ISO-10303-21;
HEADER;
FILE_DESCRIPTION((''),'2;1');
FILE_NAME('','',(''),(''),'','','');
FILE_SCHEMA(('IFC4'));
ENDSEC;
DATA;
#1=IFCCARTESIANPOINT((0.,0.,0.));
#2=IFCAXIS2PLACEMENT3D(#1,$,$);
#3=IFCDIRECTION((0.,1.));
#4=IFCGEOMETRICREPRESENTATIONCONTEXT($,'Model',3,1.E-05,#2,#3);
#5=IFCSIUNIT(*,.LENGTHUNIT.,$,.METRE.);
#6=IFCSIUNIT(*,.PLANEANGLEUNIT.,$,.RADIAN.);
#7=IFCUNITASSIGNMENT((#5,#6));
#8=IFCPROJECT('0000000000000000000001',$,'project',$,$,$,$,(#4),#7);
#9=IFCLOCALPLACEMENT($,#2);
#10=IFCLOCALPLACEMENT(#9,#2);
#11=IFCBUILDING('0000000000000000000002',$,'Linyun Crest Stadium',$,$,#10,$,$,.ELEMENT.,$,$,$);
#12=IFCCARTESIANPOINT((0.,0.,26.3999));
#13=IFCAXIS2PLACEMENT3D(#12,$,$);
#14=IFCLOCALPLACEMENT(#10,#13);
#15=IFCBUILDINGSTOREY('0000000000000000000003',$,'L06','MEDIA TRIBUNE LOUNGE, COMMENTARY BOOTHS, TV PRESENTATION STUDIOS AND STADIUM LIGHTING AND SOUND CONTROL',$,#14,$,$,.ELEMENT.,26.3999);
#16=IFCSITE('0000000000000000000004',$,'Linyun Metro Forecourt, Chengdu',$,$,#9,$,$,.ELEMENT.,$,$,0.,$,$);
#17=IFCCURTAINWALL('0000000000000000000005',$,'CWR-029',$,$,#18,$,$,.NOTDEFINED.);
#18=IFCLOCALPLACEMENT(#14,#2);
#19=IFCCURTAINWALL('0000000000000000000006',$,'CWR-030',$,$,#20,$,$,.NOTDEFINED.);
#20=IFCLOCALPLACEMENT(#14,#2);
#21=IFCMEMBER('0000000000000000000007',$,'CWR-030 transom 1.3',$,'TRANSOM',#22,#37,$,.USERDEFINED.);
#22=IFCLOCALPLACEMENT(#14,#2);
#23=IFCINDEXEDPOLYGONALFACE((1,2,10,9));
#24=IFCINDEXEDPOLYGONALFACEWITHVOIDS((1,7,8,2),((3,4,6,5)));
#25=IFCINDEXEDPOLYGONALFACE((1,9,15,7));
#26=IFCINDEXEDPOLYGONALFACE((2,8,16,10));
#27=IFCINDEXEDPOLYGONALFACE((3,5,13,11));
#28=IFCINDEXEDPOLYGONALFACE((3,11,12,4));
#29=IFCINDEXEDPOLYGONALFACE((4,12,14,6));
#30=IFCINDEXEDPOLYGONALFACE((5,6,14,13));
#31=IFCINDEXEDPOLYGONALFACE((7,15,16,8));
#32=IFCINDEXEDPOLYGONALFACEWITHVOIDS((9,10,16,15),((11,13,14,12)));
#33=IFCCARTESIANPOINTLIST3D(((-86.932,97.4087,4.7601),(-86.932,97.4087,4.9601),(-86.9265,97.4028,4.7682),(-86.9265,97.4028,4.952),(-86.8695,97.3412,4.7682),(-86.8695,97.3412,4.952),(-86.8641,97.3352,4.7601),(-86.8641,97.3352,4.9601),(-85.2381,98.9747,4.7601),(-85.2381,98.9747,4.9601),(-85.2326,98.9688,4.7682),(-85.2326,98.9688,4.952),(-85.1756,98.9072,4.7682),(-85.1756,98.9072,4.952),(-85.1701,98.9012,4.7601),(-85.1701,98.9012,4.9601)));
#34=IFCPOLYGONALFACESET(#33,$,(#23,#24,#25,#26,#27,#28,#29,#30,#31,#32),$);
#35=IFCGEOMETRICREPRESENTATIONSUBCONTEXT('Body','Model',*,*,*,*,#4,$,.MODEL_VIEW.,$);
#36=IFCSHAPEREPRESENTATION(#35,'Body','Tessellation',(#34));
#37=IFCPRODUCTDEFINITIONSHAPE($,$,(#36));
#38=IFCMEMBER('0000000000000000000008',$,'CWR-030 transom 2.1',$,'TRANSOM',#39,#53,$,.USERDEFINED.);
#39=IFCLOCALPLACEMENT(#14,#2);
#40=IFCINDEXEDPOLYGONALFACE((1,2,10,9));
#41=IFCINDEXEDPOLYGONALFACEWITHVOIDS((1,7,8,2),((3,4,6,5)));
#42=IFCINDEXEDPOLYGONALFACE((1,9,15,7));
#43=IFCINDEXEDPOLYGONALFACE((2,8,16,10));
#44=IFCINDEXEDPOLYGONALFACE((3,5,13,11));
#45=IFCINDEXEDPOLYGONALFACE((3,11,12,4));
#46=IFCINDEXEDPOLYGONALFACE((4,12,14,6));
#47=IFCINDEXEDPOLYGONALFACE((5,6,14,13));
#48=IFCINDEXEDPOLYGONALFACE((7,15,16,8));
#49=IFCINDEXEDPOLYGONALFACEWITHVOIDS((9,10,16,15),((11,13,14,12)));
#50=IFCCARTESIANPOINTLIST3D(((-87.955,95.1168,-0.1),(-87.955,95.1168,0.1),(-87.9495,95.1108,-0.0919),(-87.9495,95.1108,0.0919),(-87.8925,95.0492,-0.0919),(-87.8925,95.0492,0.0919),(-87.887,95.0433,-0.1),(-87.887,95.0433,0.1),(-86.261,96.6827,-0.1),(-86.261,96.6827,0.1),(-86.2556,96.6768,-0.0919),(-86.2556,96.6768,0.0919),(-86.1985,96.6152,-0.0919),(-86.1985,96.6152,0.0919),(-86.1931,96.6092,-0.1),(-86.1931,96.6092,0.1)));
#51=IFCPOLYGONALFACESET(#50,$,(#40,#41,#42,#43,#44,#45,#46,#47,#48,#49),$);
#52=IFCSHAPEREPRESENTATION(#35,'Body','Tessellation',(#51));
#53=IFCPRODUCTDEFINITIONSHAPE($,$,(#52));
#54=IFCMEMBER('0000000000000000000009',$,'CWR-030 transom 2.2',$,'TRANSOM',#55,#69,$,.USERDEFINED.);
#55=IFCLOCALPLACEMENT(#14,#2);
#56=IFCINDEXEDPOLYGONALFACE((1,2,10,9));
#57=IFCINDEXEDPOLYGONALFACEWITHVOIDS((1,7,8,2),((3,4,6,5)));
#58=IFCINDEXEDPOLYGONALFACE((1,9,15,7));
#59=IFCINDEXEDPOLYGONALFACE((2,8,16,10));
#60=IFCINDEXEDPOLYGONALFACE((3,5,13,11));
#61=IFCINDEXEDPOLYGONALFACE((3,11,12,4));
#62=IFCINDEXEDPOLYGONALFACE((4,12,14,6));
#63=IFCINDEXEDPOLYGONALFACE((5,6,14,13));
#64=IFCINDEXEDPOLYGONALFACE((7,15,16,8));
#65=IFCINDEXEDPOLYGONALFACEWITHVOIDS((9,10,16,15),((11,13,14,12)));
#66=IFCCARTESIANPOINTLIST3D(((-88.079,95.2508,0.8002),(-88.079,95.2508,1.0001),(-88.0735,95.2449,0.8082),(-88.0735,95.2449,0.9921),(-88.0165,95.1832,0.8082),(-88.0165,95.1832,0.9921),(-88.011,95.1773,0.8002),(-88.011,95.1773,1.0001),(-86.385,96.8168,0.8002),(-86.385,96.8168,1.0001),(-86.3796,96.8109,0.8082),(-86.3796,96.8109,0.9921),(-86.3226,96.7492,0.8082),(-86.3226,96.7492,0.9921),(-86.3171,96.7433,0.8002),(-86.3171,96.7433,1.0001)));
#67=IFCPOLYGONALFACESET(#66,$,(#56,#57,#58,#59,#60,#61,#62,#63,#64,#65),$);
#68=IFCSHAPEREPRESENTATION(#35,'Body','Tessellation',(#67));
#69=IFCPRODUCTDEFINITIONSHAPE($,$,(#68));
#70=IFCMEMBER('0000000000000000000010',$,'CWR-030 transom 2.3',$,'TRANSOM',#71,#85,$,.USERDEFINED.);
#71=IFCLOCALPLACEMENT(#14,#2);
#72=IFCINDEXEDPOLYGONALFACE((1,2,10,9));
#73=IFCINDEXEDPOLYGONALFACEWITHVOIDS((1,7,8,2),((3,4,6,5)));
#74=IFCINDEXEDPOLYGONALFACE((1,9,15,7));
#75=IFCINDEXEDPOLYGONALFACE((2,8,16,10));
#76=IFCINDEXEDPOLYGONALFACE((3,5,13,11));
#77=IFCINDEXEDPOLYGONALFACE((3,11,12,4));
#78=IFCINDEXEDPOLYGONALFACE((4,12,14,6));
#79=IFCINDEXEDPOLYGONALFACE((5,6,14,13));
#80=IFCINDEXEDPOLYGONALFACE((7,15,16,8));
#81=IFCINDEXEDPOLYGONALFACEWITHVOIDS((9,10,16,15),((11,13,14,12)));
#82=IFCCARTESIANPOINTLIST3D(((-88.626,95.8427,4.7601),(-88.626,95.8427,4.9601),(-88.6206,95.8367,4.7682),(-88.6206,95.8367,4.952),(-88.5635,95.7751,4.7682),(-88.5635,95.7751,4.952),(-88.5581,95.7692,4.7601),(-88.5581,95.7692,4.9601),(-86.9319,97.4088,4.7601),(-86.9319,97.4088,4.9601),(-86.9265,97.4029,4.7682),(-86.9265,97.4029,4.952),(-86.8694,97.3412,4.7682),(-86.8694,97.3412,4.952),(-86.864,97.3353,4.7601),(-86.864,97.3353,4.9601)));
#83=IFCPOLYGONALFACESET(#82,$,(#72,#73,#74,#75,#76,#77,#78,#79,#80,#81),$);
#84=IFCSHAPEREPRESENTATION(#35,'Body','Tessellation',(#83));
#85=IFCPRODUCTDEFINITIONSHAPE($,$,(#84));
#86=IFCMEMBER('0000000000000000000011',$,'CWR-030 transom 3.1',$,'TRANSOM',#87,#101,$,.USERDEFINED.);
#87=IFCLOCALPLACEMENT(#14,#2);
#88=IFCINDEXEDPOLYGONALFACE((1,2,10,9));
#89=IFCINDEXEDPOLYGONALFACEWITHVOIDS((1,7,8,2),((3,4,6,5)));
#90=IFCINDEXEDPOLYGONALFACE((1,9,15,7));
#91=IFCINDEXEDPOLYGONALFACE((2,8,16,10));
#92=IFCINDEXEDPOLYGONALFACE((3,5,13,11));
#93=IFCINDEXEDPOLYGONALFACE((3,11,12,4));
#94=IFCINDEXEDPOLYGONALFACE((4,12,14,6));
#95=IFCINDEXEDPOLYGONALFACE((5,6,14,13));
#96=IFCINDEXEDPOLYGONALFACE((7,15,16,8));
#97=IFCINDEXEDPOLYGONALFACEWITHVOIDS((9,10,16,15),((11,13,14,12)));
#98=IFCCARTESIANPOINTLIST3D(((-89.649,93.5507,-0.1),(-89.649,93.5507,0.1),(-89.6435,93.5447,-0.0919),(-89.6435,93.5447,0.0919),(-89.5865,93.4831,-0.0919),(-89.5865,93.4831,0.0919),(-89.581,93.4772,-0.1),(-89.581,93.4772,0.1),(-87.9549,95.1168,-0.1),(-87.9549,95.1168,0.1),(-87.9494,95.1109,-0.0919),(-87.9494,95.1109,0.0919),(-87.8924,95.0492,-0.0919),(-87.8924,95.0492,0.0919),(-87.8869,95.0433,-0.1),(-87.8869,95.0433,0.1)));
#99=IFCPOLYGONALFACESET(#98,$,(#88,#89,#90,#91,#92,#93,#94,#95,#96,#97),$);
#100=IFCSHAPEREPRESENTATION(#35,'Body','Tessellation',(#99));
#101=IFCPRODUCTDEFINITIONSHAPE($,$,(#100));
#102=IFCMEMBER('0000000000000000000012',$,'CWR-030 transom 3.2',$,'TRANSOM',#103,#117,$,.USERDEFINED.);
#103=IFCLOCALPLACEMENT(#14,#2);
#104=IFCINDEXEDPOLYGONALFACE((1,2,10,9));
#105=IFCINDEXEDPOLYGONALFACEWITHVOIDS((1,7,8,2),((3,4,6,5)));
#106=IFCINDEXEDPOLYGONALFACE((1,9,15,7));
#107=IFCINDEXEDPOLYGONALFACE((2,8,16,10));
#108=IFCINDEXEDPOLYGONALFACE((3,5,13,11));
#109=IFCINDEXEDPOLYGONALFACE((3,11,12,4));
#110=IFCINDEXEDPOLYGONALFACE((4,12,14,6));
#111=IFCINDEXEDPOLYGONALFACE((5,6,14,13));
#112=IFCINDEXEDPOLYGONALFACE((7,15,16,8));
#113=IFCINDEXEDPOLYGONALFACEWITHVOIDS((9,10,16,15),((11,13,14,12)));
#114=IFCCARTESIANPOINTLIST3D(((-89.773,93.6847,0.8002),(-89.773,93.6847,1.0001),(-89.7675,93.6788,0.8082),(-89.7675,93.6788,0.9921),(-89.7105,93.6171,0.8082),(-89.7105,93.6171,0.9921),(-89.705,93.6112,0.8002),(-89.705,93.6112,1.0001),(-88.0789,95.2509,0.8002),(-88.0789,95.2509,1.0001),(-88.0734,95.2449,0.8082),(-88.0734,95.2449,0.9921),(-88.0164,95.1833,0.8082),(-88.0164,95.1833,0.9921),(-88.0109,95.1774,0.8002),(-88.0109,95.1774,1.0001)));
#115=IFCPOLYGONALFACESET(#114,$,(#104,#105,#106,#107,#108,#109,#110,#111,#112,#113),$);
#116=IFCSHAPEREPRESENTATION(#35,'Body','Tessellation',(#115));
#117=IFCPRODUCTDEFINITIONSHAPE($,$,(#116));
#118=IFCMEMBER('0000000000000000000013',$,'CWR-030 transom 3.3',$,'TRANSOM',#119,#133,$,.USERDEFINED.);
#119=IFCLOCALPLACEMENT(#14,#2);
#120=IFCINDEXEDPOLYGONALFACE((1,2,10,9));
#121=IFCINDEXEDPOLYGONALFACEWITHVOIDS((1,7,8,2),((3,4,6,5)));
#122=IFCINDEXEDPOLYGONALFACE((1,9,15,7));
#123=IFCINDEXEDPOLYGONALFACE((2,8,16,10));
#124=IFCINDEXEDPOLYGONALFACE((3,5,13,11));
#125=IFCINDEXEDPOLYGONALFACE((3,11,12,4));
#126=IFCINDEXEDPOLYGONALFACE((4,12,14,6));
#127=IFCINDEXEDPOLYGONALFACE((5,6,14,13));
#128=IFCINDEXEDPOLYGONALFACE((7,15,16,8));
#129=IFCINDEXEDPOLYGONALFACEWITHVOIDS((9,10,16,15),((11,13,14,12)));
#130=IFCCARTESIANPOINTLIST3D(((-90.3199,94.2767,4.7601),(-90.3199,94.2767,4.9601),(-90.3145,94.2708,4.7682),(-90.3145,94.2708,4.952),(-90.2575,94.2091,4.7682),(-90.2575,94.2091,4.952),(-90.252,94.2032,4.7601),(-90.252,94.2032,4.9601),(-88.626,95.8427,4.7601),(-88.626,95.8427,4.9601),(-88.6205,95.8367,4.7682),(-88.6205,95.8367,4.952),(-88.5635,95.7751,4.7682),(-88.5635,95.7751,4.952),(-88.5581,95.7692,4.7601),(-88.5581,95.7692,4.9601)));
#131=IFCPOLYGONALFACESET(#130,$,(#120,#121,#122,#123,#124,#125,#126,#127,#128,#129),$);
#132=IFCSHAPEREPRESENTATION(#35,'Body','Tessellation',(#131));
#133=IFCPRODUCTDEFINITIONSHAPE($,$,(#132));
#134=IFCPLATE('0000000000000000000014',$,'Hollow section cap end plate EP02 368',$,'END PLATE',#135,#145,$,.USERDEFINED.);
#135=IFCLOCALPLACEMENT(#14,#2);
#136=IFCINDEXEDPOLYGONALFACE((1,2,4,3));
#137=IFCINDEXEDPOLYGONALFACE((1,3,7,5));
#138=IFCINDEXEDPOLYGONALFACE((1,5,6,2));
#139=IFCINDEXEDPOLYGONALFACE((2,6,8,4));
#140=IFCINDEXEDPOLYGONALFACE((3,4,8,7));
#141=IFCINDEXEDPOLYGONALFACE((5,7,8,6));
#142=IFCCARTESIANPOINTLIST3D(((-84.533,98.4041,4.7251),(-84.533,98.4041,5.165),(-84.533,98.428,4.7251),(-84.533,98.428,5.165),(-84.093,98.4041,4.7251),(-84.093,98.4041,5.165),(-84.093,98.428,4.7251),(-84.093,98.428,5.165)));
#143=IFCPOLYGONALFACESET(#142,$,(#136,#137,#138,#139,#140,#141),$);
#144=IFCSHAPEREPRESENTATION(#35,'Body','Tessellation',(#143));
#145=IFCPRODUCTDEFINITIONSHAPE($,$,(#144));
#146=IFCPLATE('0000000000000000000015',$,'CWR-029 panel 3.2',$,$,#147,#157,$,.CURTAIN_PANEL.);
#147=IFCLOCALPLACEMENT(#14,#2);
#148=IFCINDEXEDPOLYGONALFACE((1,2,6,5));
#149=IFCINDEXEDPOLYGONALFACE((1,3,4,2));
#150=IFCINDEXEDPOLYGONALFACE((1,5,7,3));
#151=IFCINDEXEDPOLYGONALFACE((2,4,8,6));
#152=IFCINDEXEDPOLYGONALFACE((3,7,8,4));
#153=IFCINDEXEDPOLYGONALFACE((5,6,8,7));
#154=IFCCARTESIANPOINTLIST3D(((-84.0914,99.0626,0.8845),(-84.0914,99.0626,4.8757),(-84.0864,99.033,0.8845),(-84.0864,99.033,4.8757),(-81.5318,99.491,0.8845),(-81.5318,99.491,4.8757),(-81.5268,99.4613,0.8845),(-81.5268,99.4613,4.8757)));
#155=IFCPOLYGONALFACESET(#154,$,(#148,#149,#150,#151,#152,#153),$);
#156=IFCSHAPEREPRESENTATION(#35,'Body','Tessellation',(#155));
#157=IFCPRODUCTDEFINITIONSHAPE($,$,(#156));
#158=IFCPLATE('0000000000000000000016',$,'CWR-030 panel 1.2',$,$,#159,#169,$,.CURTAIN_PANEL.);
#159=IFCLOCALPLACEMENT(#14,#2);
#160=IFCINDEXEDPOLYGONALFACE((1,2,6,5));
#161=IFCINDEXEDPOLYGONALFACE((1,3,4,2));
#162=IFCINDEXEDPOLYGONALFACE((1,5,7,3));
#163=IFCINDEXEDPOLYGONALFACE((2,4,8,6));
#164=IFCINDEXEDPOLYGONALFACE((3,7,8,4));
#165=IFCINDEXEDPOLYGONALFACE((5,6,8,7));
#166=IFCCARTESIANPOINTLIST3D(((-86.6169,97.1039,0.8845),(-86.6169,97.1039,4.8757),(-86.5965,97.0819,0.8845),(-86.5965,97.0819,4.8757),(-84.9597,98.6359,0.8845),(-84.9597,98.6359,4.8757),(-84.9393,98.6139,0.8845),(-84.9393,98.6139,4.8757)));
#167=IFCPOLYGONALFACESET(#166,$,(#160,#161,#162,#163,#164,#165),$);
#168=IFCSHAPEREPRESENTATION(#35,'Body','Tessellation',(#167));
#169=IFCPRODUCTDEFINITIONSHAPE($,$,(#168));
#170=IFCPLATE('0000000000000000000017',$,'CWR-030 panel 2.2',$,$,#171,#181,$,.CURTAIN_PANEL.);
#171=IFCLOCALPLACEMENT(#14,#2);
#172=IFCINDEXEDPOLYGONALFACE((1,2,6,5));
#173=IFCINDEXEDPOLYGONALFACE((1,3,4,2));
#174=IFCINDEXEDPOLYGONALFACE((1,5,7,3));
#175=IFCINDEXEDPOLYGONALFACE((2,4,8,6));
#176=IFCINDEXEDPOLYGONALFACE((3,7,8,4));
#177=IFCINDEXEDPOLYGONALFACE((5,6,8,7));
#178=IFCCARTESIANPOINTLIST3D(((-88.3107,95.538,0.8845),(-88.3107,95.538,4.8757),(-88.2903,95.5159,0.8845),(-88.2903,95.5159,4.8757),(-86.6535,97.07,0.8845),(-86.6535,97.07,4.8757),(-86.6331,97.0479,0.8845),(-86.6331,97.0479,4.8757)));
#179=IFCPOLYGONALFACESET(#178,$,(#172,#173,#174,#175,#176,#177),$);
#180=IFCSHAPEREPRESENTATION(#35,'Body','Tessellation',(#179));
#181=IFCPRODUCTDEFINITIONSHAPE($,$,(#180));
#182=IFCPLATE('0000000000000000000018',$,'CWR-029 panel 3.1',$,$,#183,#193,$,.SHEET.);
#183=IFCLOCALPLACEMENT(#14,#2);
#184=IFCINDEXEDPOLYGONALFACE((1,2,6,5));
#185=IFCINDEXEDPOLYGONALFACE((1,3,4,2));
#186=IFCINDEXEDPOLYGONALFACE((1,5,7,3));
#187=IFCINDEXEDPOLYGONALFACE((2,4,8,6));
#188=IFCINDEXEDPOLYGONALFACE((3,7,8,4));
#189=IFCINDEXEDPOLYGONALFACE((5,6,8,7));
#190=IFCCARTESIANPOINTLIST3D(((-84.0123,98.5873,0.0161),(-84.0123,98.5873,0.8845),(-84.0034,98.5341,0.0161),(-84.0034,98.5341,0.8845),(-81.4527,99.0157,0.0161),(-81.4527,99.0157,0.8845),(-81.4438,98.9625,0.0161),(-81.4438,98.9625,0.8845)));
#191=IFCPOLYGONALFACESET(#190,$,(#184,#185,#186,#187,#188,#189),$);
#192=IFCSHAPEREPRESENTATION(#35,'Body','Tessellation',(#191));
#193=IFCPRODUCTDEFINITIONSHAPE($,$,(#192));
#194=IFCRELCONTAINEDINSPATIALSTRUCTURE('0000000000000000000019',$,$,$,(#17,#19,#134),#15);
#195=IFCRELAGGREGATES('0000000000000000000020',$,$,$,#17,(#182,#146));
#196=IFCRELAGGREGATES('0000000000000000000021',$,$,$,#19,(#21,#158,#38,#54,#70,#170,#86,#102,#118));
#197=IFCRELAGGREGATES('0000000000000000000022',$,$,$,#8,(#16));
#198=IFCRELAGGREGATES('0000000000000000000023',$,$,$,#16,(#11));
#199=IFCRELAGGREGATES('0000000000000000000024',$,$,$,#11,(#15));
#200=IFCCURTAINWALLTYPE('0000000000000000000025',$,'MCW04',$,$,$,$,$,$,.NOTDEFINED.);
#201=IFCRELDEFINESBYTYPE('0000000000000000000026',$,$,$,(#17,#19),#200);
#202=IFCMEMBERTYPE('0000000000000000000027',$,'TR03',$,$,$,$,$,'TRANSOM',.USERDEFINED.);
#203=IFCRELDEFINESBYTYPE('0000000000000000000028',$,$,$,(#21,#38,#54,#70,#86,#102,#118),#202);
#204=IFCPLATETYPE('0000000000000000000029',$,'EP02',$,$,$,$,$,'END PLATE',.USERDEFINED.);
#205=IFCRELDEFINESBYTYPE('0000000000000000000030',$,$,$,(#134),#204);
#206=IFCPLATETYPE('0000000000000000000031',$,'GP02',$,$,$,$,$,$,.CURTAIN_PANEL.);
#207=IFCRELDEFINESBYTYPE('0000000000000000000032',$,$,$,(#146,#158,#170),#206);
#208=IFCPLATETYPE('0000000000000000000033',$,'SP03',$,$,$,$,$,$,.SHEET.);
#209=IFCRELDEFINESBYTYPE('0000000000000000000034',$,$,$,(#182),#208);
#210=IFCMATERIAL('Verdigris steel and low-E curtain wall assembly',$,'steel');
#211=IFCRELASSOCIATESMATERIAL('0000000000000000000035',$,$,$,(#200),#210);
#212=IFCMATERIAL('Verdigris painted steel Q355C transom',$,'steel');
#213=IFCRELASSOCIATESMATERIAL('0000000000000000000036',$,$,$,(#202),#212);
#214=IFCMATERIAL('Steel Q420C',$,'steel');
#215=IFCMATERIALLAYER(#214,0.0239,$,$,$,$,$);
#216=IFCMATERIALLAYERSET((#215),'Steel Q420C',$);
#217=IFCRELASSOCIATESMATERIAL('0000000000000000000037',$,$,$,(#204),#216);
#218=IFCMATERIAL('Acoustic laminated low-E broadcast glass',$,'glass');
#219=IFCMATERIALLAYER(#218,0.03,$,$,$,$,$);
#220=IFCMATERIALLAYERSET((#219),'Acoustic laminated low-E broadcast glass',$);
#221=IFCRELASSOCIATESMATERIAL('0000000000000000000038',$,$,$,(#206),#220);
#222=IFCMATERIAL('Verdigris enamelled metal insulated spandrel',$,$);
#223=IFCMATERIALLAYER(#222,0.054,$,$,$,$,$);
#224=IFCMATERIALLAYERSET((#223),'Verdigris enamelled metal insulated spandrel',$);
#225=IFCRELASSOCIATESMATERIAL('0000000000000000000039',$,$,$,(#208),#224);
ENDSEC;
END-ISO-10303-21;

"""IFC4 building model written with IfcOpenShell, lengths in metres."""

from ifc_helpers import new_model, si_unit, direction, frame, origin, origin_2d, place, context, subcontext, project, spatial, rectangle, hollow_rectangle, extrude, material, layer, layer_set, material_profile, profile_set, type_object, element, aggregate, save


model = new_model("IFC4")

# Units and contexts
model_context = context("Model", 3, precision=1e-05, world=origin(), true_north=direction((0.0, 1.0)))
body_context = subcontext(model_context, "Body", "Model", "MODEL_VIEW")
ifc_project = project(units=[si_unit("LENGTHUNIT", "METRE"), si_unit("PLANEANGLEUNIT", "RADIAN")], contexts=[model_context])

# Site, building, storey
site_placement = place(None, origin())
site = spatial("IfcSite", under=ifc_project, at=site_placement, Name="Linyun Metro Forecourt, Chengdu", CompositionType="ELEMENT", RefElevation=0.0)
building_placement = place(site_placement, origin())
building = spatial("IfcBuilding", under=site, at=building_placement, Name="Linyun Crest Stadium", CompositionType="ELEMENT")
storey_placement = place(building_placement, frame((0.0, 0.0, 26.3999)))
storey = spatial("IfcBuildingStorey", under=building, at=storey_placement, Name="L06", Description="MEDIA TRIBUNE LOUNGE, COMMENTARY BOOTHS, TV PRESENTATION STUDIOS AND STADIUM LIGHTING AND SOUND CONTROL", CompositionType="ELEMENT", Elevation=26.3999)

# Curtain wall
ifc_material_1 = material(Name="Verdigris steel and low-E curtain wall assembly", Category="steel")
curtain_wall_type = type_object("IfcCurtainWallType", Name="MCW04", PredefinedType="NOTDEFINED", material=ifc_material_1)
curtain_wall_1_placement = place(storey_placement, origin())
curtain_wall_1 = element("IfcCurtainWall", 1, at=curtain_wall_1_placement, inside=storey, type_object=curtain_wall_type, Name="CWR-029", PredefinedType="NOTDEFINED")

# Curtain wall
curtain_wall_2_placement = place(storey_placement, origin())
curtain_wall_2 = element("IfcCurtainWall", 2, at=curtain_wall_2_placement, inside=storey, type_object=curtain_wall_type, Name="CWR-030", PredefinedType="NOTDEFINED")

# Members
ifc_material_2 = material(Name="Verdigris painted steel Q355C transom", Category="steel")
ifc_material_profile_1 = material_profile(ifc_material_2, hollow_rectangle(XDim=0.1001, YDim=0.2, WallThickness=0.0081, at=origin_2d()), Name="RHS 200x100x8")
ifc_profile_set_1 = profile_set([ifc_material_profile_1], Name="Verdigris painted steel Q355C transom")
member_type_1 = type_object("IfcMemberType", Name="TR03", ElementType="TRANSOM", PredefinedType="USERDEFINED", material=ifc_profile_set_1)
member_1_placement = place(storey_placement, frame((-85.2041, 98.938, 4.8601), z_axis=(-0.734292, -0.678834, 0.0), x_axis=(0.678834, -0.734292, 0.0)))
member_1 = element("IfcMember", 3, at=member_1_placement, type_object=member_type_1, Name="CWR-030 transom 1.3", ObjectType="TRANSOM", PredefinedType="USERDEFINED", context=body_context, shape_type="SweptSolid", body=[
    extrude(hollow_rectangle(XDim=0.1001, YDim=0.2, WallThickness=0.0081, at=origin_2d()), origin(), (0.0, 0.0, 1.0), 2.3069),
])
member_2_placement = place(storey_placement, frame((-86.2271, 96.646, 0.0), z_axis=(-0.734292, -0.678834, 0.0), x_axis=(0.678834, -0.734292, 0.0)))
member_2 = element("IfcMember", 4, at=member_2_placement, type_object=member_type_1, Name="CWR-030 transom 2.1", ObjectType="TRANSOM", PredefinedType="USERDEFINED", context=body_context, shape_type="SweptSolid", body=[
    extrude(hollow_rectangle(XDim=0.1001, YDim=0.2, WallThickness=0.0081, at=origin_2d()), origin(), (0.0, 0.0, 1.0), 2.3069),
])
member_3_placement = place(storey_placement, frame((-86.3511, 96.78, 0.9001), z_axis=(-0.734292, -0.678834, 0.0), x_axis=(0.678834, -0.734292, 0.0)))
member_3 = element("IfcMember", 5, at=member_3_placement, type_object=member_type_1, Name="CWR-030 transom 2.2", ObjectType="TRANSOM", PredefinedType="USERDEFINED", context=body_context, shape_type="SweptSolid", body=[
    extrude(hollow_rectangle(XDim=0.1001, YDim=0.2, WallThickness=0.0081, at=origin_2d()), origin(), (0.0, 0.0, 1.0), 2.3069),
])
member_4_placement = place(storey_placement, frame((-86.8979, 97.3721, 4.8601), z_axis=(-0.734288, -0.678838, 0.0), x_axis=(0.678838, -0.734288, 0.0)))
member_4 = element("IfcMember", 6, at=member_4_placement, type_object=member_type_1, Name="CWR-030 transom 2.3", ObjectType="TRANSOM", PredefinedType="USERDEFINED", context=body_context, shape_type="SweptSolid", body=[
    extrude(hollow_rectangle(XDim=0.1001, YDim=0.2, WallThickness=0.0081, at=origin_2d()), origin(), (0.0, 0.0, 1.0), 2.3071),
])
member_5_placement = place(storey_placement, frame((-87.9209, 95.0801, 0.0), z_axis=(-0.734288, -0.678838, 0.0), x_axis=(0.678838, -0.734288, 0.0)))
member_5 = element("IfcMember", 7, at=member_5_placement, type_object=member_type_1, Name="CWR-030 transom 3.1", ObjectType="TRANSOM", PredefinedType="USERDEFINED", context=body_context, shape_type="SweptSolid", body=[
    extrude(hollow_rectangle(XDim=0.1001, YDim=0.2, WallThickness=0.0081, at=origin_2d()), origin(), (0.0, 0.0, 1.0), 2.3071),
])
member_6_placement = place(storey_placement, frame((-88.0449, 95.2141, 0.9001), z_axis=(-0.734288, -0.678838, 0.0), x_axis=(0.678838, -0.734288, 0.0)))
member_6 = element("IfcMember", 8, at=member_6_placement, type_object=member_type_1, Name="CWR-030 transom 3.2", ObjectType="TRANSOM", PredefinedType="USERDEFINED", context=body_context, shape_type="SweptSolid", body=[
    extrude(hollow_rectangle(XDim=0.1001, YDim=0.2, WallThickness=0.0081, at=origin_2d()), origin(), (0.0, 0.0, 1.0), 2.3071),
])
member_7_placement = place(storey_placement, frame((-88.592, 95.8059, 4.8601), z_axis=(-0.734292, -0.678834, 0.0), x_axis=(0.678834, -0.734292, 0.0)))
member_7 = element("IfcMember", 9, at=member_7_placement, type_object=member_type_1, Name="CWR-030 transom 3.3", ObjectType="TRANSOM", PredefinedType="USERDEFINED", context=body_context, shape_type="SweptSolid", body=[
    extrude(hollow_rectangle(XDim=0.1001, YDim=0.2, WallThickness=0.0081, at=origin_2d()), origin(), (0.0, 0.0, 1.0), 2.3069),
])

# Plates
ifc_material_3 = material(Name="Steel Q420C", Category="steel")
ifc_layer_1 = layer(ifc_material_3, 0.0239)
ifc_layer_set_1 = layer_set([ifc_layer_1], Name="Steel Q420C")
plate_type_1 = type_object("IfcPlateType", Name="EP02", ElementType="END PLATE", PredefinedType="USERDEFINED", material=ifc_layer_set_1)
plate_1_placement = place(storey_placement, frame((-84.313, 98.416, 4.7251), z_axis=(0.0, 0.0, 1.0), x_axis=(1.0, 0.0, 0.0)))
element("IfcPlate", 10, at=plate_1_placement, inside=storey, type_object=plate_type_1, Name="Hollow section cap end plate EP02 368", ObjectType="END PLATE", PredefinedType="USERDEFINED", context=body_context, shape_type="SweptSolid", body=[
    extrude(rectangle(XDim=0.4399, YDim=0.0239, at=origin_2d()), origin(), (0.0, 0.0, 1.0), 0.4399),
])
ifc_material_4 = material(Name="Acoustic laminated low-E broadcast glass", Category="glass")
ifc_layer_2 = layer(ifc_material_4, 0.03)
ifc_layer_set_2 = layer_set([ifc_layer_2], Name="Acoustic laminated low-E broadcast glass")
plate_type_2 = type_object("IfcPlateType", Name="GP02", PredefinedType="CURTAIN_PANEL", material=ifc_layer_set_2)
plate_2_placement = place(storey_placement, frame((-82.8091, 99.262, 0.8845), z_axis=(0.0, 0.0, 1.0), x_axis=(-0.986283, -0.165065, 0.0)))
plate_2 = element("IfcPlate", 11, at=plate_2_placement, type_object=plate_type_2, Name="CWR-029 panel 3.2", PredefinedType="CURTAIN_PANEL", context=body_context, shape_type="SweptSolid", body=[
    extrude(rectangle(XDim=2.5952, YDim=0.03, at=origin_2d()), origin(), (0.0, 0.0, 1.0), 3.9912),
])
plate_3_placement = place(storey_placement, frame((-85.7781, 97.8589, 0.8845), z_axis=(0.0, 0.0, 1.0), x_axis=(-0.734299, -0.678826, 0.0)))
plate_3 = element("IfcPlate", 12, at=plate_3_placement, type_object=plate_type_2, Name="CWR-030 panel 1.2", PredefinedType="CURTAIN_PANEL", context=body_context, shape_type="SweptSolid", body=[
    extrude(rectangle(XDim=2.2568, YDim=0.03, at=origin_2d()), origin(), (0.0, 0.0, 1.0), 3.9912),
])
plate_4_placement = place(storey_placement, frame((-87.4719, 96.293, 0.8845), z_axis=(0.0, 0.0, 1.0), x_axis=(-0.734299, -0.678826, 0.0)))
plate_4 = element("IfcPlate", 13, at=plate_4_placement, type_object=plate_type_2, Name="CWR-030 panel 2.2", PredefinedType="CURTAIN_PANEL", context=body_context, shape_type="SweptSolid", body=[
    extrude(rectangle(XDim=2.2568, YDim=0.03, at=origin_2d()), origin(), (0.0, 0.0, 1.0), 3.9912),
])
ifc_material_5 = material(Name="Verdigris enamelled metal insulated spandrel")
ifc_layer_3 = layer(ifc_material_5, 0.054)
ifc_layer_set_3 = layer_set([ifc_layer_3], Name="Verdigris enamelled metal insulated spandrel")
plate_type_3 = type_object("IfcPlateType", Name="SP03", PredefinedType="SHEET", material=ifc_layer_set_3)
plate_5_placement = place(storey_placement, frame((-82.728, 98.7749, 0.0161), z_axis=(0.0, 0.0, 1.0), x_axis=(-0.986283, -0.165065, 0.0)))
plate_5 = element("IfcPlate", 14, at=plate_5_placement, type_object=plate_type_3, Name="CWR-029 panel 3.1", PredefinedType="SHEET", context=body_context, shape_type="SweptSolid", body=[
    extrude(rectangle(XDim=2.5952, YDim=0.054, at=origin_2d()), origin(), (0.0, 0.0, 1.0), 0.8684),
])
aggregate(curtain_wall_1, [plate_5, plate_2])
aggregate(curtain_wall_2, [member_1, plate_3, member_2, member_3, member_4, plate_4, member_5, member_6, member_7])

save(model, "model.ifc")
